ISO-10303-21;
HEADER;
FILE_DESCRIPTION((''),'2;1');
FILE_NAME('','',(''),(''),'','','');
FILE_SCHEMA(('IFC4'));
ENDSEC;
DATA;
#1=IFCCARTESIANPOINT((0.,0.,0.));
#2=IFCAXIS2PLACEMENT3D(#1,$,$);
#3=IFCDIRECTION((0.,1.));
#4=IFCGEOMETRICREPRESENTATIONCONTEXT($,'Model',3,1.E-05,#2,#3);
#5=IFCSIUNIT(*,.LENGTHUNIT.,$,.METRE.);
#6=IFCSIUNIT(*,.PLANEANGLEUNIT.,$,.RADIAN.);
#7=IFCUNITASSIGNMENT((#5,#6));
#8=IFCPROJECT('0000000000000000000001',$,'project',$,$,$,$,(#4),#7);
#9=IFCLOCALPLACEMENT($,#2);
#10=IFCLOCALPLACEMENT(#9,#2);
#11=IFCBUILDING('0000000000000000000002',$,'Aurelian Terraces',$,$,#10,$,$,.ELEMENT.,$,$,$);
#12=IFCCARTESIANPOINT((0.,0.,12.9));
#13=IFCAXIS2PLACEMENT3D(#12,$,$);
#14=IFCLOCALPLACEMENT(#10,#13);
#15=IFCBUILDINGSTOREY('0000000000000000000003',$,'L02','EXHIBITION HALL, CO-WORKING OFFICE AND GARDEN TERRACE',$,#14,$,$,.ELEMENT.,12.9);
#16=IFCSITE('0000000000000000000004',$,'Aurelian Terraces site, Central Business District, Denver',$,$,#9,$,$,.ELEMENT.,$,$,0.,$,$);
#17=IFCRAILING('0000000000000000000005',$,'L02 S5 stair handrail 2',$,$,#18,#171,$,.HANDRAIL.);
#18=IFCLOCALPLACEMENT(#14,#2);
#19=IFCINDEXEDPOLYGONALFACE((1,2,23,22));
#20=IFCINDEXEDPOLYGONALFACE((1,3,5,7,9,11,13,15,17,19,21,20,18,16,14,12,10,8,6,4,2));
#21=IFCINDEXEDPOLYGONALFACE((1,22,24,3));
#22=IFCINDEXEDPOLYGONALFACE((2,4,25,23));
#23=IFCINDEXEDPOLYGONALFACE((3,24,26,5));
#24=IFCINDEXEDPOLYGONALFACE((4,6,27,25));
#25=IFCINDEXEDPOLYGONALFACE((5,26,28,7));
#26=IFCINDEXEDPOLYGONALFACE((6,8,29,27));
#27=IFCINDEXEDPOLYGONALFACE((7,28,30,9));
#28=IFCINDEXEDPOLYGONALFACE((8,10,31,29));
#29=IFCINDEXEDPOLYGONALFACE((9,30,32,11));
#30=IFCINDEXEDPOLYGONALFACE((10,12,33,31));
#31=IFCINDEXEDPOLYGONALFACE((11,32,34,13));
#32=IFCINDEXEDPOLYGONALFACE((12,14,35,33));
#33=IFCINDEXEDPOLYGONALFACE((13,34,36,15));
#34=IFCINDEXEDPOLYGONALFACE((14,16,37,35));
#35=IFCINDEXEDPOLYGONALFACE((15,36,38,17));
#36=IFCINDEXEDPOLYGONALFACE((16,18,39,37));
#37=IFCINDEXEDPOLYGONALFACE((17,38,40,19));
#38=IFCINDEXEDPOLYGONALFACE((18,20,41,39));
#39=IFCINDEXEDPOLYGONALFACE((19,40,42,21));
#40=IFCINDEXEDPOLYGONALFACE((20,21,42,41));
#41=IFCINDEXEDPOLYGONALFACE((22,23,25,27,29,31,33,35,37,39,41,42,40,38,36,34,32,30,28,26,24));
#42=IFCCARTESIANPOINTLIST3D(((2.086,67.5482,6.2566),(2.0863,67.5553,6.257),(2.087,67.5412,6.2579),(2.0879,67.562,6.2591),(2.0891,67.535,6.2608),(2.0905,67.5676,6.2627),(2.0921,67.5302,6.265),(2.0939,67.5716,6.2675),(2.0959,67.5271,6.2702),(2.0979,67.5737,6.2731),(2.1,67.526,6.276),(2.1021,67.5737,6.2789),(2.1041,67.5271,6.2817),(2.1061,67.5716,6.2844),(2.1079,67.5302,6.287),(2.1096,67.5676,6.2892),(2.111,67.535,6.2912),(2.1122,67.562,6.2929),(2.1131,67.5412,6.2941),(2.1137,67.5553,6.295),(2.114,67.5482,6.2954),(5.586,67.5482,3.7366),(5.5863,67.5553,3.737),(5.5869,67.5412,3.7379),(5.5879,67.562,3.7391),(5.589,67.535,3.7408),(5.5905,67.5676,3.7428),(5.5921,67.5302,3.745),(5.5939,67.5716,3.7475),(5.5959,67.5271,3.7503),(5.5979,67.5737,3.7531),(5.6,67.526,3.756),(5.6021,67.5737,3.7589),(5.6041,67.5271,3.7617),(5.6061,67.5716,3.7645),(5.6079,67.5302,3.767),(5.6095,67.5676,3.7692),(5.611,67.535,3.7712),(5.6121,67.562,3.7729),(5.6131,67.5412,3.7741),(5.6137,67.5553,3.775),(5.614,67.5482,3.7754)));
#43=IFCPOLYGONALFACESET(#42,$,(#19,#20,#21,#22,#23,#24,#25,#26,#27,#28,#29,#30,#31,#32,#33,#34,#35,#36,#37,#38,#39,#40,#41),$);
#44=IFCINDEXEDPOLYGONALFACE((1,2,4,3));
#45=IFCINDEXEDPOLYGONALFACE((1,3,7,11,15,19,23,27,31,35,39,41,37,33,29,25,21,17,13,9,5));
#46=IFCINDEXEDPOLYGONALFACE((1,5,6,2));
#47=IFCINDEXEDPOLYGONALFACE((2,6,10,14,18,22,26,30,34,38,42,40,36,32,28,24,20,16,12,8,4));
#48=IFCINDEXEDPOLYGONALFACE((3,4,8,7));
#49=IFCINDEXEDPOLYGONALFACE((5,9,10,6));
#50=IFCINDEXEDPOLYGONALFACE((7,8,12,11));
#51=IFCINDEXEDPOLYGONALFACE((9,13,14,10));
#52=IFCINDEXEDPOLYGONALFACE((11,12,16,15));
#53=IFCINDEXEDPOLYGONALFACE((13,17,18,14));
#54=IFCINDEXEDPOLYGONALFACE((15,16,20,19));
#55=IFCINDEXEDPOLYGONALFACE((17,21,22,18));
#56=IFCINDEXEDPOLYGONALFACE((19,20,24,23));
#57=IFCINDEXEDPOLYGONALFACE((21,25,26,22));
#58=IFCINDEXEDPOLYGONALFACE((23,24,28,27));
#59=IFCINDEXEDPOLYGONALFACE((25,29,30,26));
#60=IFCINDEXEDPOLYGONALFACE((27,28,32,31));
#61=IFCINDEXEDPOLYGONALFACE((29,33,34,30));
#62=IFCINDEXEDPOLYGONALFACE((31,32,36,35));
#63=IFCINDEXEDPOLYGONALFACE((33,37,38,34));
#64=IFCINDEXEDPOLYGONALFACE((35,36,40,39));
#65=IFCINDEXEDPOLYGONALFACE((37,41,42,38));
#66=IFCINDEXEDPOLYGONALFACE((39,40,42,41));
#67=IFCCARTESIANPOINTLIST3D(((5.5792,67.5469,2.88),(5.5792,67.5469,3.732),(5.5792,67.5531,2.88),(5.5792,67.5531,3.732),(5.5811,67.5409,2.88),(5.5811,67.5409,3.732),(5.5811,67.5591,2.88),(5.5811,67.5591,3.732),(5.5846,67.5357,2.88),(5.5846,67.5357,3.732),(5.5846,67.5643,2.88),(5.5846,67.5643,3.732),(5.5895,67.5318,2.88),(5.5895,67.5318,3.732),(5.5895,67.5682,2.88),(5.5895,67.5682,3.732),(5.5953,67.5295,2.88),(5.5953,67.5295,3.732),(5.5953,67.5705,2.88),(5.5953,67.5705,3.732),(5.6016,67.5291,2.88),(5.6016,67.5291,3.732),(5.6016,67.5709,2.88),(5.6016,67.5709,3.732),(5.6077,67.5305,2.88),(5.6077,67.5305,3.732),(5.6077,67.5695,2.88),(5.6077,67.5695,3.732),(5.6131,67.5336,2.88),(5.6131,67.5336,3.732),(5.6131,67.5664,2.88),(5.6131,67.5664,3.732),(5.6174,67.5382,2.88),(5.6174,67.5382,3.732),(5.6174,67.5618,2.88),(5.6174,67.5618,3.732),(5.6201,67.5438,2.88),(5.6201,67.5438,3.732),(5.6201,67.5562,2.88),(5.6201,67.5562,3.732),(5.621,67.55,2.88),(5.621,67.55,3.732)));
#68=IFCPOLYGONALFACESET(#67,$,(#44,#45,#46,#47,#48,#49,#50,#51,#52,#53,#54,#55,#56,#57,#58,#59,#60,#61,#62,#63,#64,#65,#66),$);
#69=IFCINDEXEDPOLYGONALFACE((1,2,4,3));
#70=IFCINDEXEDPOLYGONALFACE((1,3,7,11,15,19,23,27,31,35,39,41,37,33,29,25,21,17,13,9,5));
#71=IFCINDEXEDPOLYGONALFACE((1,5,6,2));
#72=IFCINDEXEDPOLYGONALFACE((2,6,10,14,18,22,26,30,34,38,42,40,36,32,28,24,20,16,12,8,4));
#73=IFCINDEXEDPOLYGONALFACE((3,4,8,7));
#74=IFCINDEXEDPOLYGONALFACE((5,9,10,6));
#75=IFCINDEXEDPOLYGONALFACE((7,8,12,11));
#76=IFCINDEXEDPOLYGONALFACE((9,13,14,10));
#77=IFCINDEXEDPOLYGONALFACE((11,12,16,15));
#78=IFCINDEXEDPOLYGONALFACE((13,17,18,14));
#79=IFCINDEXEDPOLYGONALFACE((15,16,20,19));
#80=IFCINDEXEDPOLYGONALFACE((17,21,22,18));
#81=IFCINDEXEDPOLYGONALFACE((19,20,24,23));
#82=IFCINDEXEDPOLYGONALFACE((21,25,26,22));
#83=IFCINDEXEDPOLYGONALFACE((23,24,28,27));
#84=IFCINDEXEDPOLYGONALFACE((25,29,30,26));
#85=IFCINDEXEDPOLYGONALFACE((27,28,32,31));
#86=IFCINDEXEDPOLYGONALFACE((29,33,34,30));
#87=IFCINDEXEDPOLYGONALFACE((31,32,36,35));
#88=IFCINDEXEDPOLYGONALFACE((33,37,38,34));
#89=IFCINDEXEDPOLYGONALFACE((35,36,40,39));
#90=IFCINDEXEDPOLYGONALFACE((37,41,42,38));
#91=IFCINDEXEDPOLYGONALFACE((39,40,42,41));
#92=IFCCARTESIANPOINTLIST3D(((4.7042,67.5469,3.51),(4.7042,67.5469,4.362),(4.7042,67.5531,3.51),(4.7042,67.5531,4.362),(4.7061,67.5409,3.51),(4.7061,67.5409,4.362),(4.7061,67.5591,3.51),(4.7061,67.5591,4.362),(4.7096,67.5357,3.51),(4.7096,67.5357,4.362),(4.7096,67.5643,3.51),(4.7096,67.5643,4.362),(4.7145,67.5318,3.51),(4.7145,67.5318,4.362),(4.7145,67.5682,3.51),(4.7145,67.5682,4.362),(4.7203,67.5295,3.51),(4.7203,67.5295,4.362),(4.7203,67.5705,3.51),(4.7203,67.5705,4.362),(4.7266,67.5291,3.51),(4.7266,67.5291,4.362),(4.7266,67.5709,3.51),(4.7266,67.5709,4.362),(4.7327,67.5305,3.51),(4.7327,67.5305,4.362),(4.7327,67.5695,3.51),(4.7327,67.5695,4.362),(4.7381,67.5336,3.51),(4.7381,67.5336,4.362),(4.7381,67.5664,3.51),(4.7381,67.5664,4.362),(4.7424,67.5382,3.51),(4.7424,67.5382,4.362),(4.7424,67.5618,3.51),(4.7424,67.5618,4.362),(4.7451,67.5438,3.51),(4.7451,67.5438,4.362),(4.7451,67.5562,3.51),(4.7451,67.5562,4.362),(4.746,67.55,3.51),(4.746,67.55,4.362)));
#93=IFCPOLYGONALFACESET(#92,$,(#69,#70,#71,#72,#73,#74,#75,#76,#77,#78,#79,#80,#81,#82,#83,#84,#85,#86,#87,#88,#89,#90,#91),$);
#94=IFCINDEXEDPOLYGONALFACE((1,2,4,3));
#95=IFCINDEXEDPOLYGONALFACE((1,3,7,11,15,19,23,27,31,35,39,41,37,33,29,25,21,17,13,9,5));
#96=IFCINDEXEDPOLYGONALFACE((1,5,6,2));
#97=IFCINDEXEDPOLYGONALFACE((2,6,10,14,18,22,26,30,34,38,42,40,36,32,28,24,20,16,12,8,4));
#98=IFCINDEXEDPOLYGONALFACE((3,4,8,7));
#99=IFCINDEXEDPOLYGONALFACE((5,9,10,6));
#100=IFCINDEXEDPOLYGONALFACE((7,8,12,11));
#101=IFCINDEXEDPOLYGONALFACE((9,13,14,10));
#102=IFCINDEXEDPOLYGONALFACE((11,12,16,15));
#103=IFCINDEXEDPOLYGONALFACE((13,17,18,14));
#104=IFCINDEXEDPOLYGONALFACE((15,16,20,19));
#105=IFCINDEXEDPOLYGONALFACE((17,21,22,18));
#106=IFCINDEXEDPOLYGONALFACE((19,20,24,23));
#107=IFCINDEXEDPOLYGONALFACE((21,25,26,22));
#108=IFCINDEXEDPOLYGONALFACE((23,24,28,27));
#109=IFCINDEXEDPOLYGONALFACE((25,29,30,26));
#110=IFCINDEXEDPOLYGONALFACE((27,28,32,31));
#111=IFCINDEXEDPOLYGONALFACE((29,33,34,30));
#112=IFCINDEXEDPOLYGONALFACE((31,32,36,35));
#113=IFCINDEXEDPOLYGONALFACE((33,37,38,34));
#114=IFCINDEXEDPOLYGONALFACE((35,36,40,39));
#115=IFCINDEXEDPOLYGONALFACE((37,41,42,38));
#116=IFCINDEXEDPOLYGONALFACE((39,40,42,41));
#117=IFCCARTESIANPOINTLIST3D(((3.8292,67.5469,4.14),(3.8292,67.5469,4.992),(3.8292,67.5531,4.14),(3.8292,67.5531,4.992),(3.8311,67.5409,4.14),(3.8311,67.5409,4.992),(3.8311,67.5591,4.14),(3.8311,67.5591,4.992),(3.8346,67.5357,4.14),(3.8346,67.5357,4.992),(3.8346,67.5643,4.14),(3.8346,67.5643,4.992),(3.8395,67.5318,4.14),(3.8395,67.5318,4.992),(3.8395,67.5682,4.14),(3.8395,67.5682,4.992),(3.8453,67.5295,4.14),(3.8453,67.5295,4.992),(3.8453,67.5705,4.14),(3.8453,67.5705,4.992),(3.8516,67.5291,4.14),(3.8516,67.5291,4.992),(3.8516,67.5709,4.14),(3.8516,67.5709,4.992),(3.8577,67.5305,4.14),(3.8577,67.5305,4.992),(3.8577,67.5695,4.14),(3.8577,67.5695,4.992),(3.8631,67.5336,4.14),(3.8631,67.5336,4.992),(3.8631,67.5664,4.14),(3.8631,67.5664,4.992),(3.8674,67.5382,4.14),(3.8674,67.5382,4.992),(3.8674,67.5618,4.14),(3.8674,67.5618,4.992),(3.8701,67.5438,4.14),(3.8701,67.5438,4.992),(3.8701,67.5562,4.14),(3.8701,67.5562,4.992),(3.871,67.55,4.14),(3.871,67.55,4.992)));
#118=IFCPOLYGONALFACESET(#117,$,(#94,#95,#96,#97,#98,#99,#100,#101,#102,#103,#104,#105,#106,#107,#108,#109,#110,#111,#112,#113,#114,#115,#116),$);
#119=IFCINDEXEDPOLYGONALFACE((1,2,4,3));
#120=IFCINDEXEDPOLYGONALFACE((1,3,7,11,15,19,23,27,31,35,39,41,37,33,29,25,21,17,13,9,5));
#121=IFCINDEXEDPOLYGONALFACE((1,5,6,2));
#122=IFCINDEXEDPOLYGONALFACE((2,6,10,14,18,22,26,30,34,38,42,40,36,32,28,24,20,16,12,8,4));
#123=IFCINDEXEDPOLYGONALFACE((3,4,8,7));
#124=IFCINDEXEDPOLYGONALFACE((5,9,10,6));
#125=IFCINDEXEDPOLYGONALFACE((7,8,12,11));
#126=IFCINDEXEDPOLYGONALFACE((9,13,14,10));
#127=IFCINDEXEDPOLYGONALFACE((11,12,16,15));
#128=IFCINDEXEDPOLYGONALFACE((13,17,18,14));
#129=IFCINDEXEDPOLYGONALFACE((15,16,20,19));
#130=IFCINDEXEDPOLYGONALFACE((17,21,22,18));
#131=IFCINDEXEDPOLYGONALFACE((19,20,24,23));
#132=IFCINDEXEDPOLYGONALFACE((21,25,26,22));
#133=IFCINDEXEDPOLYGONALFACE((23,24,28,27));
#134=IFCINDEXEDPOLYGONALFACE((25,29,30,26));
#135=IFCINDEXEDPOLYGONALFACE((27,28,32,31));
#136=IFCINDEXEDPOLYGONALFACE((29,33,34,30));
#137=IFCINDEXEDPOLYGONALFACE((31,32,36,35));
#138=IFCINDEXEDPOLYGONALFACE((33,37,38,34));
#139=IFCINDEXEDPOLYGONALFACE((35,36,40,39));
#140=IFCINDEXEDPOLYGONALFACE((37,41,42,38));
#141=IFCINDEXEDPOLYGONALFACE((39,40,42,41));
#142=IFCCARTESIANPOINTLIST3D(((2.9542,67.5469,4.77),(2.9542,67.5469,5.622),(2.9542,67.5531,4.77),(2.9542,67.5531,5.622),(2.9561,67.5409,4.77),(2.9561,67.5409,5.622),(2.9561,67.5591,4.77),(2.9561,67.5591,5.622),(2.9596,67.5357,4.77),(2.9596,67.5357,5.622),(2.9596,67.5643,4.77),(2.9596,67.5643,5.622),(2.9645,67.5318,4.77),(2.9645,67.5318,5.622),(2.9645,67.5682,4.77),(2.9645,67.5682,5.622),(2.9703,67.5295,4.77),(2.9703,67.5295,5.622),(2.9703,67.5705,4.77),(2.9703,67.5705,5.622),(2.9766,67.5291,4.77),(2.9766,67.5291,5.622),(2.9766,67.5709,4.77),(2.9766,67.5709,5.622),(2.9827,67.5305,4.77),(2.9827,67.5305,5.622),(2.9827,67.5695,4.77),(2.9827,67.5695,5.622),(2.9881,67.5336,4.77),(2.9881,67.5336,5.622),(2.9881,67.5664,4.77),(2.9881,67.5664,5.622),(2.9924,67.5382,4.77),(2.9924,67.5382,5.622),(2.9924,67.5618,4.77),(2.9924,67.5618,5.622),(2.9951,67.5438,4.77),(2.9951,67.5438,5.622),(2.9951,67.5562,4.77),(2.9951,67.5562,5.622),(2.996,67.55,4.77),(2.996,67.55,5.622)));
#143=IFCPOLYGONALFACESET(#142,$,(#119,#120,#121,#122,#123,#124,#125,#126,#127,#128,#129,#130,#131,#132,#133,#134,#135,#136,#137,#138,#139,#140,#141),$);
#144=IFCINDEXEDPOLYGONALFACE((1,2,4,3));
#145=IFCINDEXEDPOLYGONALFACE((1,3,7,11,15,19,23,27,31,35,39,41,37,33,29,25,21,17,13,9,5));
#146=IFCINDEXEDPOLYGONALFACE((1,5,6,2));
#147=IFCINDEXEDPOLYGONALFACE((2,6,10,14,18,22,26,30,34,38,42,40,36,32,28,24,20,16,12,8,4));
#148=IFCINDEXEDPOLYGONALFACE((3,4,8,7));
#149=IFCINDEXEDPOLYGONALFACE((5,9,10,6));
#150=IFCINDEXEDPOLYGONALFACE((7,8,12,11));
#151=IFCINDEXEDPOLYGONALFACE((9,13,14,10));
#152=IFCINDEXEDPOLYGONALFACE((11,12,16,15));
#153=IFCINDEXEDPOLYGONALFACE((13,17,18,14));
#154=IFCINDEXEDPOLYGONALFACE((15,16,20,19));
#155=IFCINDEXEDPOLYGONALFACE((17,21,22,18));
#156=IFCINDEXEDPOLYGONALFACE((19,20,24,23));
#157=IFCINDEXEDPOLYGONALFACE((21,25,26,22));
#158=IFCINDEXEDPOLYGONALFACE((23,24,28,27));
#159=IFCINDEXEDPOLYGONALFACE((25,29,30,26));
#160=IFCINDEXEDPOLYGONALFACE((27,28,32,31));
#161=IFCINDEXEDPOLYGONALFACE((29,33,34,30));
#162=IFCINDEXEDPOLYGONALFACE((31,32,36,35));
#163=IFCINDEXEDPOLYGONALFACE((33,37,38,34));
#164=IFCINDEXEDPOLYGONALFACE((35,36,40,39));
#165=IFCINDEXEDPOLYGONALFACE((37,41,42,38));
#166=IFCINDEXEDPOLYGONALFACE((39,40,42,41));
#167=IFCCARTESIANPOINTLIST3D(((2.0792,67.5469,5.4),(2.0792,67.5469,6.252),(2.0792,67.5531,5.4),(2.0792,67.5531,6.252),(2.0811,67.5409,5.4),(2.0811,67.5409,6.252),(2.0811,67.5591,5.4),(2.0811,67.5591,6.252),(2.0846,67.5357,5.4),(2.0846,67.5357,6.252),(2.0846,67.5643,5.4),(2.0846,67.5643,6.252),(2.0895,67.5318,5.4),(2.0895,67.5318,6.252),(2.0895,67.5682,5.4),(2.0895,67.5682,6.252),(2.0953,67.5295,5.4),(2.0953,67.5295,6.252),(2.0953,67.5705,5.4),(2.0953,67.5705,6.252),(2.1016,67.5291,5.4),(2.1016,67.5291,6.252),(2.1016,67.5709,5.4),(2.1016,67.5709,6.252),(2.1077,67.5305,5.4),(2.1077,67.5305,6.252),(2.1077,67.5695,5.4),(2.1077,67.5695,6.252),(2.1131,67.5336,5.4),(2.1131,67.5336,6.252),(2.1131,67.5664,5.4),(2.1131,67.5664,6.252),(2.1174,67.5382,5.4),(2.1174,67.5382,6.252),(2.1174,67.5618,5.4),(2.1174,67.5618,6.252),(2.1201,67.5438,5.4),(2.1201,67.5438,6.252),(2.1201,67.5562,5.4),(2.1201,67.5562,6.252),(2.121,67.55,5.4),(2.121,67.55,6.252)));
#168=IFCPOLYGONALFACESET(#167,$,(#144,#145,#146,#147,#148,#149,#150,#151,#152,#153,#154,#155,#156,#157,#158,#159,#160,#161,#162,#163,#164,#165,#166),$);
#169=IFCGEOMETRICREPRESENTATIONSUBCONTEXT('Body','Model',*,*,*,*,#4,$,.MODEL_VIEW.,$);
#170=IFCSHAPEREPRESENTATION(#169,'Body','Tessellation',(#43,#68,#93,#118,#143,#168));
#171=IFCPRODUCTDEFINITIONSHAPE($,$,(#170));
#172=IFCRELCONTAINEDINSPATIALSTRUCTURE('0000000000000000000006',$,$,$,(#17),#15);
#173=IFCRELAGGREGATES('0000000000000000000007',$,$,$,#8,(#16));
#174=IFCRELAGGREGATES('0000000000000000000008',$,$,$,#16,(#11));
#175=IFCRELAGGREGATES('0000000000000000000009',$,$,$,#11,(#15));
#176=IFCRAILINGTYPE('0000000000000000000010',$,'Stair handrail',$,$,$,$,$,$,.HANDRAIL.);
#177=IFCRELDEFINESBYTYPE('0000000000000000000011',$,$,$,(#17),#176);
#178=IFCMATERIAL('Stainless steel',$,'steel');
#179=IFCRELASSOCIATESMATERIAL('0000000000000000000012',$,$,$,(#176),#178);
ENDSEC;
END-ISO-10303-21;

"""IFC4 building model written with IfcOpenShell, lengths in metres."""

from ifc_helpers import new_model, si_unit, direction, frame, origin, origin_2d, place, context, subcontext, project, spatial, circle, extrude, source, transform, mapped, material, type_object, element, save


model = new_model("IFC4")

# Units and contexts
model_context = context("Model", 3, precision=1e-05, world=origin(), true_north=direction((0.0, 1.0)))
body_context = subcontext(model_context, "Body", "Model", "MODEL_VIEW")
ifc_project = project(units=[si_unit("LENGTHUNIT", "METRE"), si_unit("PLANEANGLEUNIT", "RADIAN")], contexts=[model_context])

# Site, building, storey
site_placement = place(None, origin())
site = spatial("IfcSite", under=ifc_project, at=site_placement, Name="Aurelian Terraces site, Central Business District, Denver", CompositionType="ELEMENT", RefElevation=0.0)
building_placement = place(site_placement, origin())
building = spatial("IfcBuilding", under=site, at=building_placement, Name="Aurelian Terraces", CompositionType="ELEMENT")
storey_placement = place(building_placement, frame((0.0, 0.0, 12.9)))
storey = spatial("IfcBuildingStorey", under=building, at=storey_placement, Name="L02", Description="EXHIBITION HALL, CO-WORKING OFFICE AND GARDEN TERRACE", CompositionType="ELEMENT", Elevation=12.9)

# Railing
ifc_material_1 = material(Name="Stainless steel", Category="steel")
railing_type_1 = type_object("IfcRailingType", Name="Stair handrail", PredefinedType="HANDRAIL", material=ifc_material_1)
shared_shape_1 = source(origin(), body_context, "Body", "SweptSolid", [
    extrude(circle(Radius=0.024, at=origin_2d()), frame((0.0, 0.0, 0.876), z_axis=(-0.811534, 0.0, 0.584305), x_axis=(0.0, -1.0, 0.0)), (0.0, 0.0, 1.0), 4.3128),
    extrude(circle(Radius=0.021, at=origin_2d()), origin(), (0.0, 0.0, 1.0), 0.852),
    extrude(circle(Radius=0.021, at=origin_2d()), frame((-0.875, 0.0, 0.63)), (0.0, 0.0, 1.0), 0.852),
    extrude(circle(Radius=0.021, at=origin_2d()), frame((-1.75, 0.0, 1.26)), (0.0, 0.0, 1.0), 0.852),
    extrude(circle(Radius=0.021, at=origin_2d()), frame((-2.625, 0.0, 1.89)), (0.0, 0.0, 1.0), 0.852),
    extrude(circle(Radius=0.021, at=origin_2d()), frame((-3.5, 0.0, 2.52)), (0.0, 0.0, 1.0), 0.852),
])
railing_1_placement = place(storey_placement, frame((5.6, 67.55, 2.88)))
element("IfcRailing", 1, at=railing_1_placement, inside=storey, type_object=railing_type_1, Name="L02 S5 stair handrail 2", PredefinedType="HANDRAIL", context=body_context, shape_type="MappedRepresentation", body=[
    mapped(shared_shape_1, transform((0.0, 0.0, 0.0), scale=1.0)),
])

save(model, "model.ifc")
